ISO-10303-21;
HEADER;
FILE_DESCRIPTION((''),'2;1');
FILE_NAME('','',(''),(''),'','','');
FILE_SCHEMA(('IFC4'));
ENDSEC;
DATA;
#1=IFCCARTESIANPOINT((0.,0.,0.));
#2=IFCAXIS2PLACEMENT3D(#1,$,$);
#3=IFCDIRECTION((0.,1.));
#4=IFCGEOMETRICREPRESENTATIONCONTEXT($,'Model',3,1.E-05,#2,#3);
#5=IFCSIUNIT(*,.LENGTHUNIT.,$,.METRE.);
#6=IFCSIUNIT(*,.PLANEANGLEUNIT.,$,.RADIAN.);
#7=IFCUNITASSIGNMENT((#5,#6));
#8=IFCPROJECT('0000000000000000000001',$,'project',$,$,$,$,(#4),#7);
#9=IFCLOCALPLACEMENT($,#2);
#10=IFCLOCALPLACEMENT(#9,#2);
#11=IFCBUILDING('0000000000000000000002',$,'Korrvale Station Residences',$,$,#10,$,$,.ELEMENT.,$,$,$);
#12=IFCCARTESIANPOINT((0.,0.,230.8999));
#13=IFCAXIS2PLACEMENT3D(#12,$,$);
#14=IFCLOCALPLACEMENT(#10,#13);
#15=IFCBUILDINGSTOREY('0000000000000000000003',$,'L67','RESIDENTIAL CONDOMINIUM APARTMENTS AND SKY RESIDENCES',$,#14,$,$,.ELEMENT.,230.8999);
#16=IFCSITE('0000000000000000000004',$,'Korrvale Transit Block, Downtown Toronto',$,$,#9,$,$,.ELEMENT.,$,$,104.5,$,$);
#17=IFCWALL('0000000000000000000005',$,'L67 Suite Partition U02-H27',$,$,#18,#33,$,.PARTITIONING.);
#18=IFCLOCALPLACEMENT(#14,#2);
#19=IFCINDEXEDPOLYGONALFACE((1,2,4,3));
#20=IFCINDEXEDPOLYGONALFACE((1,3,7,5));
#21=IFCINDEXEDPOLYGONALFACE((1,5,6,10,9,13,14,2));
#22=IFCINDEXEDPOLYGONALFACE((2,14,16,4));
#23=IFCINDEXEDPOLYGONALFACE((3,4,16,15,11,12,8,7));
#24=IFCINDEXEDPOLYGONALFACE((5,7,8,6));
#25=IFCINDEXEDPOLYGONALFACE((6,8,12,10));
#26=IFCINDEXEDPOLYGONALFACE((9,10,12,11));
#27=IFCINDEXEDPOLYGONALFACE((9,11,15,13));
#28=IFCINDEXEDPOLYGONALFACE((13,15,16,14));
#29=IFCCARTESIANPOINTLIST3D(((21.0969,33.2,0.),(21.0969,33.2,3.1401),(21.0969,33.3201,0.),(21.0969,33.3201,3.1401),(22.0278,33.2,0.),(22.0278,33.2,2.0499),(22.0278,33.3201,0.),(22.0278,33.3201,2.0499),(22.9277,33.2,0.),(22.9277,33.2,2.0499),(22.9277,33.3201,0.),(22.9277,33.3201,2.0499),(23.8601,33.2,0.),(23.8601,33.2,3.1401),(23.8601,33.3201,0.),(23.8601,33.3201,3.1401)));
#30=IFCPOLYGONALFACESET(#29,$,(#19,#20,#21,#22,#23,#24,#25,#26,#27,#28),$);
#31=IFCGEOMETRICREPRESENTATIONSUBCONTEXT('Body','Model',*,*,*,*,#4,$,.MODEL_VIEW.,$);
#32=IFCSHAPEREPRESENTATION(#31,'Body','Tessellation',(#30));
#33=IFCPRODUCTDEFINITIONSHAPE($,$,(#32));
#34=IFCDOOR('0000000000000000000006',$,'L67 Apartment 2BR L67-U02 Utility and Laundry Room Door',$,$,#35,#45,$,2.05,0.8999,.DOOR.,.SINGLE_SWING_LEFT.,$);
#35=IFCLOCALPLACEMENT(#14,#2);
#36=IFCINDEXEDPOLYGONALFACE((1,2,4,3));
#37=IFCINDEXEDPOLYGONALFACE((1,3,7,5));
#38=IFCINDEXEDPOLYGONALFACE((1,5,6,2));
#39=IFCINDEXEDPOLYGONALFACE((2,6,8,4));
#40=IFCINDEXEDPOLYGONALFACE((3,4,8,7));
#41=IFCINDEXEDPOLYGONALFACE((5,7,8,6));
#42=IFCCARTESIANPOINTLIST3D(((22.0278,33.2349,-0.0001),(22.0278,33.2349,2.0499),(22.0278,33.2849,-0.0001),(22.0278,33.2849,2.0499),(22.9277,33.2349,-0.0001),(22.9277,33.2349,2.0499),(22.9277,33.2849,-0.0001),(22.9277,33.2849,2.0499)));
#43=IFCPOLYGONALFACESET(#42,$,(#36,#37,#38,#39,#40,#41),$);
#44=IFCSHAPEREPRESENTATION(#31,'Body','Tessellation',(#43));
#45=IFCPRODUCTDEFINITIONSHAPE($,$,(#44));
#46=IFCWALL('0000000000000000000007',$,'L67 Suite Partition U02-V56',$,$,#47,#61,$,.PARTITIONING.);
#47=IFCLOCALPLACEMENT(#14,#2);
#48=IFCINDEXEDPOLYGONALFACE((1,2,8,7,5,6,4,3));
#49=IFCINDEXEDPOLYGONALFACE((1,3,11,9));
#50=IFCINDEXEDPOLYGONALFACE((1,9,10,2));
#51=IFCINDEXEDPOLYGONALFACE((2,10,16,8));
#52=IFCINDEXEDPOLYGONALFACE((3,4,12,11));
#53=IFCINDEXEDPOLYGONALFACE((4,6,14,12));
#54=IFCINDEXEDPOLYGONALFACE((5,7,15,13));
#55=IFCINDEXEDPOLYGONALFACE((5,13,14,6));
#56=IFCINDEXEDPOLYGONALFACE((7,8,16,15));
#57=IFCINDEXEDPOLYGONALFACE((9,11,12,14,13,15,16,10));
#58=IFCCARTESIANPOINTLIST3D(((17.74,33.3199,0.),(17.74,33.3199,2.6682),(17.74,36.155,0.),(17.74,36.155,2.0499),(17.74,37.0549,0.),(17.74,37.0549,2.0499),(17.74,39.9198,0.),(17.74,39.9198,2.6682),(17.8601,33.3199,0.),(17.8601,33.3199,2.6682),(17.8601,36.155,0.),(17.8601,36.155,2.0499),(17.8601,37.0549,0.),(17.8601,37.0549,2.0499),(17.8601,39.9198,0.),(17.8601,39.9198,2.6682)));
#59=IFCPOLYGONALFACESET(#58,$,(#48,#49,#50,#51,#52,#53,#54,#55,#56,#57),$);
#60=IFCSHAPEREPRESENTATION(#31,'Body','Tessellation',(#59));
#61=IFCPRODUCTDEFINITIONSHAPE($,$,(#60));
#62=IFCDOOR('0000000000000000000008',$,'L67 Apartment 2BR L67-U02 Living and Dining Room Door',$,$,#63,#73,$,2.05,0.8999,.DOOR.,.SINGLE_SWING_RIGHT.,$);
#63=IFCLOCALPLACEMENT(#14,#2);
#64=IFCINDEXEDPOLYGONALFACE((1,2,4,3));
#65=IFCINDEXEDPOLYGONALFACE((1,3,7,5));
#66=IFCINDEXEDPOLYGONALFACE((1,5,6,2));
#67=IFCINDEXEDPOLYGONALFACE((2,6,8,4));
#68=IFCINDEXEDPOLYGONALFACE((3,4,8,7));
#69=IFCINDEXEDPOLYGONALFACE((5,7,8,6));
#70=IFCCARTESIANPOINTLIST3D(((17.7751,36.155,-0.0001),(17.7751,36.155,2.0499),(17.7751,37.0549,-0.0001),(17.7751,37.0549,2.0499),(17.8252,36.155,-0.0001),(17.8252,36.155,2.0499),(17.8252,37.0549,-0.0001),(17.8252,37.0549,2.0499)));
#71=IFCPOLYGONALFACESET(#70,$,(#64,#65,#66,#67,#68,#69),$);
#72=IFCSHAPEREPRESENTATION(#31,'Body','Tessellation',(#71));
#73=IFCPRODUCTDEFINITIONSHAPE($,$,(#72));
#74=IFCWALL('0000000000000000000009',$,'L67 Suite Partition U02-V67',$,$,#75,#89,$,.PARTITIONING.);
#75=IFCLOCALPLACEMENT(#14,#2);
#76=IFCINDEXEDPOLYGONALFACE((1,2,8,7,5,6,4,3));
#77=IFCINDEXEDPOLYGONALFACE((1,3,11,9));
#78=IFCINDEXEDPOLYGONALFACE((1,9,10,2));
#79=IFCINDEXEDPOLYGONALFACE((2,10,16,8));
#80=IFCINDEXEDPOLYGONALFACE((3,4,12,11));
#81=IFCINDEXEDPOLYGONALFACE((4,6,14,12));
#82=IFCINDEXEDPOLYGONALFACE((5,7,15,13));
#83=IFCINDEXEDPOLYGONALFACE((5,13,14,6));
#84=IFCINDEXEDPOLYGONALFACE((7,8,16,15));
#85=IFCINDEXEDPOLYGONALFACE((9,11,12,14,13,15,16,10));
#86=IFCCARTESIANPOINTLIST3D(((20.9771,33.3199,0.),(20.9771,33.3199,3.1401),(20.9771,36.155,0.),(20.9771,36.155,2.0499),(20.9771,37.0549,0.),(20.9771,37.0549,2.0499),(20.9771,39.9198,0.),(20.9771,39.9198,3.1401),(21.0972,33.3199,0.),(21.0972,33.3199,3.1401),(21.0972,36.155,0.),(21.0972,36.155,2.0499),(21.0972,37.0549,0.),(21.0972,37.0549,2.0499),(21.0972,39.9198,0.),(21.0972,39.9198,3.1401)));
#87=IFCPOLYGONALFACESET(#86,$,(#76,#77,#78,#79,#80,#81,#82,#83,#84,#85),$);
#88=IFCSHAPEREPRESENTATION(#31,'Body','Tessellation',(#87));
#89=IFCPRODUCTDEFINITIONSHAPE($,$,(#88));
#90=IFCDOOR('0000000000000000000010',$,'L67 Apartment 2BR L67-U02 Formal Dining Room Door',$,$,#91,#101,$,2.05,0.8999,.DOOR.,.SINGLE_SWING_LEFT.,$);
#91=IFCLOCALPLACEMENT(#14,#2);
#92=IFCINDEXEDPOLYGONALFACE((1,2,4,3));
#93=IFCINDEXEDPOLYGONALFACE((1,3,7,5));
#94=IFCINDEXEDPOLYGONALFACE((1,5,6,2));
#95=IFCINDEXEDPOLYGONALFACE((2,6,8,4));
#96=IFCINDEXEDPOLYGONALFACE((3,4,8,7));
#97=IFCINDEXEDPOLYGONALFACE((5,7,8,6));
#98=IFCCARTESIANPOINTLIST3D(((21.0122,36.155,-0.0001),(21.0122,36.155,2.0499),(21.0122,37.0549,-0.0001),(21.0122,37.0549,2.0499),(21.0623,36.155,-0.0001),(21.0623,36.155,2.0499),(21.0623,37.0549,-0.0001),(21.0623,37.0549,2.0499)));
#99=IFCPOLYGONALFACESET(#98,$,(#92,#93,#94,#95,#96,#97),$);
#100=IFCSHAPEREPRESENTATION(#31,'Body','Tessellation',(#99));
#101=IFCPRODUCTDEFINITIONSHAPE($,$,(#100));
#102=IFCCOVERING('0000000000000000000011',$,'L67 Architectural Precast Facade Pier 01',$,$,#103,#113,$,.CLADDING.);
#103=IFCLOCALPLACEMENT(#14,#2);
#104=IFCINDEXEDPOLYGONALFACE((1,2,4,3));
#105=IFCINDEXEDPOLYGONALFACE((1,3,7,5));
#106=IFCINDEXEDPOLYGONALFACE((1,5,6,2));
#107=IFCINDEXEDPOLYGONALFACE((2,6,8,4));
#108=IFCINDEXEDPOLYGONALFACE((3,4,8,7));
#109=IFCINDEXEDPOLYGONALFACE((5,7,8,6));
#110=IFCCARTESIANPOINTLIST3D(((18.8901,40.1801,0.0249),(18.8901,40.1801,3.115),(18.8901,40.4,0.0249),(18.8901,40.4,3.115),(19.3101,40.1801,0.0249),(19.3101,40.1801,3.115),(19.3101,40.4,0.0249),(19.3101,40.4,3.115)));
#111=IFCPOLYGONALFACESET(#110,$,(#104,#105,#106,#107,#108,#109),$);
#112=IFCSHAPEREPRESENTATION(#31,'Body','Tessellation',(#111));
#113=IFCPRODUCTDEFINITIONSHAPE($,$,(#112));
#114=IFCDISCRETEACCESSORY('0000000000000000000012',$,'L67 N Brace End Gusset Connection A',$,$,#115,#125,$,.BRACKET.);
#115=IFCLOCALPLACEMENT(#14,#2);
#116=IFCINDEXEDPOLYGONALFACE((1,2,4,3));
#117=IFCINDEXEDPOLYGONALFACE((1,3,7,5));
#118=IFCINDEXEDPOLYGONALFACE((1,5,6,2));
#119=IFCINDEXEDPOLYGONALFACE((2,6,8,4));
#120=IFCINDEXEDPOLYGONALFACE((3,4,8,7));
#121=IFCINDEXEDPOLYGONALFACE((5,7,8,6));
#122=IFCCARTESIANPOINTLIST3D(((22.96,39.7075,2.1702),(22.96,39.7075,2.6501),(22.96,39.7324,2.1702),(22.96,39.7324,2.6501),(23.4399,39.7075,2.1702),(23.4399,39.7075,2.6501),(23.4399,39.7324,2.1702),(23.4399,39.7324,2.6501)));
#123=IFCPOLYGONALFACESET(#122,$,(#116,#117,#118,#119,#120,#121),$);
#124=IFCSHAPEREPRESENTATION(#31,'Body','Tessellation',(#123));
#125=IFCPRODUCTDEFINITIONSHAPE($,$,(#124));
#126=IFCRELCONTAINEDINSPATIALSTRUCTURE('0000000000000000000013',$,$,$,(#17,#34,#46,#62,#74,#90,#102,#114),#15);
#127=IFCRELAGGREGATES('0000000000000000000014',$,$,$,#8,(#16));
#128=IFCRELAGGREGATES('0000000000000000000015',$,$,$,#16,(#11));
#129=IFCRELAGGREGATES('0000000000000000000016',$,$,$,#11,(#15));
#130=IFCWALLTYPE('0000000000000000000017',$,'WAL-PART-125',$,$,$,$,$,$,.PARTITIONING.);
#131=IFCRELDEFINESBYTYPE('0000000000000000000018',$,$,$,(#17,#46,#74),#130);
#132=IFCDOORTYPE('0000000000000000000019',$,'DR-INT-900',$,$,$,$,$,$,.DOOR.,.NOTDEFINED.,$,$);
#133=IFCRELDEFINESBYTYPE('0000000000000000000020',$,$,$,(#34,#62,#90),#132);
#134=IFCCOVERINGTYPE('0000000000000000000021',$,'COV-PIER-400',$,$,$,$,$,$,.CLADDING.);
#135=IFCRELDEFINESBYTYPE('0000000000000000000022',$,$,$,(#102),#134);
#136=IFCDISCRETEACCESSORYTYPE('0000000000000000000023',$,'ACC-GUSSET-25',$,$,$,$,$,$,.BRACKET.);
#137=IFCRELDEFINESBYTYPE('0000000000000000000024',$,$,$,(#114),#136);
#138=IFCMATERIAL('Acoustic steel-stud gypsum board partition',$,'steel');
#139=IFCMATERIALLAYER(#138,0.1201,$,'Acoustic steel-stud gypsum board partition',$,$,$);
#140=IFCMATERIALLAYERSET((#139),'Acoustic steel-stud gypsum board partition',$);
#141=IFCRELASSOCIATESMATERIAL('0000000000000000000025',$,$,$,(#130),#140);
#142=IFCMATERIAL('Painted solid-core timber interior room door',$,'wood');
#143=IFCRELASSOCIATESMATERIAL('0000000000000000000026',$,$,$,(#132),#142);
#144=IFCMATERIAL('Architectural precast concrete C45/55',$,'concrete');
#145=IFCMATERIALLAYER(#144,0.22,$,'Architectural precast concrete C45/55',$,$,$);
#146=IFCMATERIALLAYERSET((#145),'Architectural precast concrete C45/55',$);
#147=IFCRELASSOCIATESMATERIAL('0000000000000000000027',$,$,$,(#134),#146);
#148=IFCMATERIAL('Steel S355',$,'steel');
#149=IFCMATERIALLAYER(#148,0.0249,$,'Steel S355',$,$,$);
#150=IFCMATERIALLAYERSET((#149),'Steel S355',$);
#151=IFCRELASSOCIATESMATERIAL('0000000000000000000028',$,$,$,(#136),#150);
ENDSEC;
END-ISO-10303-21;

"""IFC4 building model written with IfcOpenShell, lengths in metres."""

from ifc_helpers import new_model, si_unit, direction, frame, frame_2d, origin, origin_2d, place, context, subcontext, project, spatial, rectangle, extrude, material, layer, layer_set, type_object, element, fill, save


model = new_model("IFC4")

# Units and contexts
model_context = context("Model", 3, precision=1e-05, world=origin(), true_north=direction((0.0, 1.0)))
body_context = subcontext(model_context, "Body", "Model", "MODEL_VIEW")
ifc_project = project(units=[si_unit("LENGTHUNIT", "METRE"), si_unit("PLANEANGLEUNIT", "RADIAN")], contexts=[model_context])

# Site, building, storey
site_placement = place(None, origin())
site = spatial("IfcSite", under=ifc_project, at=site_placement, Name="Korrvale Transit Block, Downtown Toronto", CompositionType="ELEMENT", RefElevation=104.5)
building_placement = place(site_placement, origin())
building = spatial("IfcBuilding", under=site, at=building_placement, Name="Korrvale Station Residences", CompositionType="ELEMENT")
storey_placement = place(building_placement, frame((0.0, 0.0, 230.8999)))
storey = spatial("IfcBuildingStorey", under=building, at=storey_placement, Name="L67", Description="RESIDENTIAL CONDOMINIUM APARTMENTS AND SKY RESIDENCES", CompositionType="ELEMENT", Elevation=230.8999)

# Shared definitions
ifc_material_1 = material(Name="Steel S355", Category="steel")

# Shared definitions
ifc_material_2 = material(Name="Acoustic steel-stud gypsum board partition", Category="steel")
ifc_layer_1 = layer(ifc_material_2, 0.1201, Name="Acoustic steel-stud gypsum board partition")
ifc_layer_set_1 = layer_set([ifc_layer_1], Name="Acoustic steel-stud gypsum board partition")
wall_type = type_object("IfcWallType", Name="WAL-PART-125", PredefinedType="PARTITIONING", material=ifc_layer_set_1)
ifc_material_3 = material(Name="Painted solid-core timber interior room door", Category="wood")
door_type_1 = type_object("IfcDoorType", Name="DR-INT-900", OperationType="NOTDEFINED", PredefinedType="DOOR", material=ifc_material_3)

# Walls, openings, doors
wall_1_placement = place(storey_placement, frame((21.0969, 33.26, 0.0), z_axis=(0.0, 0.0, 1.0), x_axis=(1.0, 0.0, 0.0)))
wall_1 = element("IfcWall", 1, at=wall_1_placement, inside=storey, type_object=wall_type, Name="L67 Suite Partition U02-H27", PredefinedType="PARTITIONING", context=body_context, shape_type="SweptSolid", body=[
    extrude(rectangle(XDim=2.7632, YDim=0.1201, at=frame_2d((1.3816, 0.0))), origin(), (0.0, 0.0, 1.0), 3.1401),
])
opening_1_placement = place(wall_1_placement, frame((0.9309, 0.0, 0.0)))
opening_1 = element("IfcOpeningElement", 2, at=opening_1_placement, cuts=wall_1, PredefinedType="OPENING", context=body_context, shape_type="SweptSolid", body=[
    extrude(rectangle(XDim=0.8999, YDim=2.05, at=frame_2d((0.45, 1.0249))), frame((0.0, 0.0701, 0.0), z_axis=(0.0, -1.0, 0.0), x_axis=(1.0, 0.0, 0.0)), (0.0, 0.0, 1.0), 0.1401),
])
door_1_placement = place(opening_1_placement, origin())
door_1 = element("IfcDoor", 3, at=door_1_placement, inside=storey, type_object=door_type_1, Name="L67 Apartment 2BR L67-U02 Utility and Laundry Room Door", OperationType="SINGLE_SWING_LEFT", OverallHeight=2.05, OverallWidth=0.8999, PredefinedType="DOOR", context=body_context, shape_type="SweptSolid", body=[
    extrude(rectangle(XDim=0.8999, YDim=2.05, at=frame_2d((0.45, 1.0249))), frame((0.0, 0.0249, 0.0), z_axis=(0.0, -1.0, 0.0), x_axis=(1.0, 0.0, 0.0)), (0.0, 0.0, 1.0), 0.05),
])
fill(opening_1, door_1)
wall_2_placement = place(storey_placement, frame((17.8, 33.3201, 0.0), z_axis=(0.0, 0.0, 1.0), x_axis=(0.0, 1.0, 0.0)))
wall_2 = element("IfcWall", 4, at=wall_2_placement, inside=storey, type_object=wall_type, Name="L67 Suite Partition U02-V56", PredefinedType="PARTITIONING", context=body_context, shape_type="SweptSolid", body=[
    extrude(rectangle(XDim=6.5999, YDim=0.1201, at=frame_2d((3.2998, 0.0))), origin(), (0.0, 0.0, 1.0), 2.6682),
])
opening_2_placement = place(wall_2_placement, frame((2.835, 0.0, 0.0)))
opening_2 = element("IfcOpeningElement", 5, at=opening_2_placement, cuts=wall_2, PredefinedType="OPENING", context=body_context, shape_type="SweptSolid", body=[
    extrude(rectangle(XDim=0.8999, YDim=2.05, at=frame_2d((0.45, 1.0249))), frame((0.0, 0.0701, 0.0), z_axis=(0.0, -1.0, 0.0), x_axis=(1.0, 0.0, 0.0)), (0.0, 0.0, 1.0), 0.1401),
])
door_2_placement = place(opening_2_placement, origin())
door_2 = element("IfcDoor", 6, at=door_2_placement, inside=storey, type_object=door_type_1, Name="L67 Apartment 2BR L67-U02 Living and Dining Room Door", OperationType="SINGLE_SWING_RIGHT", OverallHeight=2.05, OverallWidth=0.8999, PredefinedType="DOOR", context=body_context, shape_type="SweptSolid", body=[
    extrude(rectangle(XDim=0.8999, YDim=2.05, at=frame_2d((0.45, 1.0249))), frame((0.0, 0.0249, 0.0), z_axis=(0.0, -1.0, 0.0), x_axis=(1.0, 0.0, 0.0)), (0.0, 0.0, 1.0), 0.05),
])
fill(opening_2, door_2)
wall_3_placement = place(storey_placement, frame((21.0371, 33.3201, 0.0), z_axis=(0.0, 0.0, 1.0), x_axis=(0.0, 1.0, 0.0)))
wall_3 = element("IfcWall", 7, at=wall_3_placement, inside=storey, type_object=wall_type, Name="L67 Suite Partition U02-V67", PredefinedType="PARTITIONING", context=body_context, shape_type="SweptSolid", body=[
    extrude(rectangle(XDim=6.5999, YDim=0.1201, at=frame_2d((3.2998, 0.0))), origin(), (0.0, 0.0, 1.0), 3.1401),
])
opening_3_placement = place(wall_3_placement, frame((2.835, 0.0, 0.0)))
opening_3 = element("IfcOpeningElement", 8, at=opening_3_placement, cuts=wall_3, PredefinedType="OPENING", context=body_context, shape_type="SweptSolid", body=[
    extrude(rectangle(XDim=0.8999, YDim=2.05, at=frame_2d((0.45, 1.0249))), frame((0.0, 0.0701, 0.0), z_axis=(0.0, -1.0, 0.0), x_axis=(1.0, 0.0, 0.0)), (0.0, 0.0, 1.0), 0.1401),
])
door_3_placement = place(opening_3_placement, origin())
door_3 = element("IfcDoor", 9, at=door_3_placement, inside=storey, type_object=door_type_1, Name="L67 Apartment 2BR L67-U02 Formal Dining Room Door", OperationType="SINGLE_SWING_LEFT", OverallHeight=2.05, OverallWidth=0.8999, PredefinedType="DOOR", context=body_context, shape_type="SweptSolid", body=[
    extrude(rectangle(XDim=0.8999, YDim=2.05, at=frame_2d((0.45, 1.0249))), frame((0.0, 0.0249, 0.0), z_axis=(0.0, -1.0, 0.0), x_axis=(1.0, 0.0, 0.0)), (0.0, 0.0, 1.0), 0.05),
])
fill(opening_3, door_3)

# Covering
ifc_material_4 = material(Name="Architectural precast concrete C45/55", Category="concrete")
ifc_layer_2 = layer(ifc_material_4, 0.22, Name="Architectural precast concrete C45/55")
ifc_layer_set_2 = layer_set([ifc_layer_2], Name="Architectural precast concrete C45/55")
covering_type = type_object("IfcCoveringType", Name="COV-PIER-400", PredefinedType="CLADDING", material=ifc_layer_set_2)
covering_placement = place(storey_placement, frame((19.1001, 40.29, 0.0249), z_axis=(0.0, 0.0, 1.0), x_axis=(1.0, 0.0, 0.0)))
element("IfcCovering", 10, at=covering_placement, inside=storey, type_object=covering_type, Name="L67 Architectural Precast Facade Pier 01", PredefinedType="CLADDING", context=body_context, shape_type="SweptSolid", body=[
    extrude(rectangle(XDim=0.4199, YDim=0.22, at=origin_2d()), origin(), (0.0, 0.0, 1.0), 3.0901),
])

# Discrete accessory
ifc_layer_3 = layer(ifc_material_1, 0.0249, Name="Steel S355")
ifc_layer_set_3 = layer_set([ifc_layer_3], Name="Steel S355")
discrete_accessory_type = type_object("IfcDiscreteAccessoryType", Name="ACC-GUSSET-25", PredefinedType="BRACKET", material=ifc_layer_set_3)
discrete_accessory_placement = place(storey_placement, frame((23.2, 39.72, 2.1702), z_axis=(0.0, 0.0, 1.0), x_axis=(1.0, 0.0, 0.0)))
element("IfcDiscreteAccessory", 11, at=discrete_accessory_placement, inside=storey, type_object=discrete_accessory_type, Name="L67 N Brace End Gusset Connection A", PredefinedType="BRACKET", context=body_context, shape_type="SweptSolid", body=[
    extrude(rectangle(XDim=0.48, YDim=0.0249, at=origin_2d()), origin(), (0.0, 0.0, 1.0), 0.48),
])

save(model, "model.ifc")
